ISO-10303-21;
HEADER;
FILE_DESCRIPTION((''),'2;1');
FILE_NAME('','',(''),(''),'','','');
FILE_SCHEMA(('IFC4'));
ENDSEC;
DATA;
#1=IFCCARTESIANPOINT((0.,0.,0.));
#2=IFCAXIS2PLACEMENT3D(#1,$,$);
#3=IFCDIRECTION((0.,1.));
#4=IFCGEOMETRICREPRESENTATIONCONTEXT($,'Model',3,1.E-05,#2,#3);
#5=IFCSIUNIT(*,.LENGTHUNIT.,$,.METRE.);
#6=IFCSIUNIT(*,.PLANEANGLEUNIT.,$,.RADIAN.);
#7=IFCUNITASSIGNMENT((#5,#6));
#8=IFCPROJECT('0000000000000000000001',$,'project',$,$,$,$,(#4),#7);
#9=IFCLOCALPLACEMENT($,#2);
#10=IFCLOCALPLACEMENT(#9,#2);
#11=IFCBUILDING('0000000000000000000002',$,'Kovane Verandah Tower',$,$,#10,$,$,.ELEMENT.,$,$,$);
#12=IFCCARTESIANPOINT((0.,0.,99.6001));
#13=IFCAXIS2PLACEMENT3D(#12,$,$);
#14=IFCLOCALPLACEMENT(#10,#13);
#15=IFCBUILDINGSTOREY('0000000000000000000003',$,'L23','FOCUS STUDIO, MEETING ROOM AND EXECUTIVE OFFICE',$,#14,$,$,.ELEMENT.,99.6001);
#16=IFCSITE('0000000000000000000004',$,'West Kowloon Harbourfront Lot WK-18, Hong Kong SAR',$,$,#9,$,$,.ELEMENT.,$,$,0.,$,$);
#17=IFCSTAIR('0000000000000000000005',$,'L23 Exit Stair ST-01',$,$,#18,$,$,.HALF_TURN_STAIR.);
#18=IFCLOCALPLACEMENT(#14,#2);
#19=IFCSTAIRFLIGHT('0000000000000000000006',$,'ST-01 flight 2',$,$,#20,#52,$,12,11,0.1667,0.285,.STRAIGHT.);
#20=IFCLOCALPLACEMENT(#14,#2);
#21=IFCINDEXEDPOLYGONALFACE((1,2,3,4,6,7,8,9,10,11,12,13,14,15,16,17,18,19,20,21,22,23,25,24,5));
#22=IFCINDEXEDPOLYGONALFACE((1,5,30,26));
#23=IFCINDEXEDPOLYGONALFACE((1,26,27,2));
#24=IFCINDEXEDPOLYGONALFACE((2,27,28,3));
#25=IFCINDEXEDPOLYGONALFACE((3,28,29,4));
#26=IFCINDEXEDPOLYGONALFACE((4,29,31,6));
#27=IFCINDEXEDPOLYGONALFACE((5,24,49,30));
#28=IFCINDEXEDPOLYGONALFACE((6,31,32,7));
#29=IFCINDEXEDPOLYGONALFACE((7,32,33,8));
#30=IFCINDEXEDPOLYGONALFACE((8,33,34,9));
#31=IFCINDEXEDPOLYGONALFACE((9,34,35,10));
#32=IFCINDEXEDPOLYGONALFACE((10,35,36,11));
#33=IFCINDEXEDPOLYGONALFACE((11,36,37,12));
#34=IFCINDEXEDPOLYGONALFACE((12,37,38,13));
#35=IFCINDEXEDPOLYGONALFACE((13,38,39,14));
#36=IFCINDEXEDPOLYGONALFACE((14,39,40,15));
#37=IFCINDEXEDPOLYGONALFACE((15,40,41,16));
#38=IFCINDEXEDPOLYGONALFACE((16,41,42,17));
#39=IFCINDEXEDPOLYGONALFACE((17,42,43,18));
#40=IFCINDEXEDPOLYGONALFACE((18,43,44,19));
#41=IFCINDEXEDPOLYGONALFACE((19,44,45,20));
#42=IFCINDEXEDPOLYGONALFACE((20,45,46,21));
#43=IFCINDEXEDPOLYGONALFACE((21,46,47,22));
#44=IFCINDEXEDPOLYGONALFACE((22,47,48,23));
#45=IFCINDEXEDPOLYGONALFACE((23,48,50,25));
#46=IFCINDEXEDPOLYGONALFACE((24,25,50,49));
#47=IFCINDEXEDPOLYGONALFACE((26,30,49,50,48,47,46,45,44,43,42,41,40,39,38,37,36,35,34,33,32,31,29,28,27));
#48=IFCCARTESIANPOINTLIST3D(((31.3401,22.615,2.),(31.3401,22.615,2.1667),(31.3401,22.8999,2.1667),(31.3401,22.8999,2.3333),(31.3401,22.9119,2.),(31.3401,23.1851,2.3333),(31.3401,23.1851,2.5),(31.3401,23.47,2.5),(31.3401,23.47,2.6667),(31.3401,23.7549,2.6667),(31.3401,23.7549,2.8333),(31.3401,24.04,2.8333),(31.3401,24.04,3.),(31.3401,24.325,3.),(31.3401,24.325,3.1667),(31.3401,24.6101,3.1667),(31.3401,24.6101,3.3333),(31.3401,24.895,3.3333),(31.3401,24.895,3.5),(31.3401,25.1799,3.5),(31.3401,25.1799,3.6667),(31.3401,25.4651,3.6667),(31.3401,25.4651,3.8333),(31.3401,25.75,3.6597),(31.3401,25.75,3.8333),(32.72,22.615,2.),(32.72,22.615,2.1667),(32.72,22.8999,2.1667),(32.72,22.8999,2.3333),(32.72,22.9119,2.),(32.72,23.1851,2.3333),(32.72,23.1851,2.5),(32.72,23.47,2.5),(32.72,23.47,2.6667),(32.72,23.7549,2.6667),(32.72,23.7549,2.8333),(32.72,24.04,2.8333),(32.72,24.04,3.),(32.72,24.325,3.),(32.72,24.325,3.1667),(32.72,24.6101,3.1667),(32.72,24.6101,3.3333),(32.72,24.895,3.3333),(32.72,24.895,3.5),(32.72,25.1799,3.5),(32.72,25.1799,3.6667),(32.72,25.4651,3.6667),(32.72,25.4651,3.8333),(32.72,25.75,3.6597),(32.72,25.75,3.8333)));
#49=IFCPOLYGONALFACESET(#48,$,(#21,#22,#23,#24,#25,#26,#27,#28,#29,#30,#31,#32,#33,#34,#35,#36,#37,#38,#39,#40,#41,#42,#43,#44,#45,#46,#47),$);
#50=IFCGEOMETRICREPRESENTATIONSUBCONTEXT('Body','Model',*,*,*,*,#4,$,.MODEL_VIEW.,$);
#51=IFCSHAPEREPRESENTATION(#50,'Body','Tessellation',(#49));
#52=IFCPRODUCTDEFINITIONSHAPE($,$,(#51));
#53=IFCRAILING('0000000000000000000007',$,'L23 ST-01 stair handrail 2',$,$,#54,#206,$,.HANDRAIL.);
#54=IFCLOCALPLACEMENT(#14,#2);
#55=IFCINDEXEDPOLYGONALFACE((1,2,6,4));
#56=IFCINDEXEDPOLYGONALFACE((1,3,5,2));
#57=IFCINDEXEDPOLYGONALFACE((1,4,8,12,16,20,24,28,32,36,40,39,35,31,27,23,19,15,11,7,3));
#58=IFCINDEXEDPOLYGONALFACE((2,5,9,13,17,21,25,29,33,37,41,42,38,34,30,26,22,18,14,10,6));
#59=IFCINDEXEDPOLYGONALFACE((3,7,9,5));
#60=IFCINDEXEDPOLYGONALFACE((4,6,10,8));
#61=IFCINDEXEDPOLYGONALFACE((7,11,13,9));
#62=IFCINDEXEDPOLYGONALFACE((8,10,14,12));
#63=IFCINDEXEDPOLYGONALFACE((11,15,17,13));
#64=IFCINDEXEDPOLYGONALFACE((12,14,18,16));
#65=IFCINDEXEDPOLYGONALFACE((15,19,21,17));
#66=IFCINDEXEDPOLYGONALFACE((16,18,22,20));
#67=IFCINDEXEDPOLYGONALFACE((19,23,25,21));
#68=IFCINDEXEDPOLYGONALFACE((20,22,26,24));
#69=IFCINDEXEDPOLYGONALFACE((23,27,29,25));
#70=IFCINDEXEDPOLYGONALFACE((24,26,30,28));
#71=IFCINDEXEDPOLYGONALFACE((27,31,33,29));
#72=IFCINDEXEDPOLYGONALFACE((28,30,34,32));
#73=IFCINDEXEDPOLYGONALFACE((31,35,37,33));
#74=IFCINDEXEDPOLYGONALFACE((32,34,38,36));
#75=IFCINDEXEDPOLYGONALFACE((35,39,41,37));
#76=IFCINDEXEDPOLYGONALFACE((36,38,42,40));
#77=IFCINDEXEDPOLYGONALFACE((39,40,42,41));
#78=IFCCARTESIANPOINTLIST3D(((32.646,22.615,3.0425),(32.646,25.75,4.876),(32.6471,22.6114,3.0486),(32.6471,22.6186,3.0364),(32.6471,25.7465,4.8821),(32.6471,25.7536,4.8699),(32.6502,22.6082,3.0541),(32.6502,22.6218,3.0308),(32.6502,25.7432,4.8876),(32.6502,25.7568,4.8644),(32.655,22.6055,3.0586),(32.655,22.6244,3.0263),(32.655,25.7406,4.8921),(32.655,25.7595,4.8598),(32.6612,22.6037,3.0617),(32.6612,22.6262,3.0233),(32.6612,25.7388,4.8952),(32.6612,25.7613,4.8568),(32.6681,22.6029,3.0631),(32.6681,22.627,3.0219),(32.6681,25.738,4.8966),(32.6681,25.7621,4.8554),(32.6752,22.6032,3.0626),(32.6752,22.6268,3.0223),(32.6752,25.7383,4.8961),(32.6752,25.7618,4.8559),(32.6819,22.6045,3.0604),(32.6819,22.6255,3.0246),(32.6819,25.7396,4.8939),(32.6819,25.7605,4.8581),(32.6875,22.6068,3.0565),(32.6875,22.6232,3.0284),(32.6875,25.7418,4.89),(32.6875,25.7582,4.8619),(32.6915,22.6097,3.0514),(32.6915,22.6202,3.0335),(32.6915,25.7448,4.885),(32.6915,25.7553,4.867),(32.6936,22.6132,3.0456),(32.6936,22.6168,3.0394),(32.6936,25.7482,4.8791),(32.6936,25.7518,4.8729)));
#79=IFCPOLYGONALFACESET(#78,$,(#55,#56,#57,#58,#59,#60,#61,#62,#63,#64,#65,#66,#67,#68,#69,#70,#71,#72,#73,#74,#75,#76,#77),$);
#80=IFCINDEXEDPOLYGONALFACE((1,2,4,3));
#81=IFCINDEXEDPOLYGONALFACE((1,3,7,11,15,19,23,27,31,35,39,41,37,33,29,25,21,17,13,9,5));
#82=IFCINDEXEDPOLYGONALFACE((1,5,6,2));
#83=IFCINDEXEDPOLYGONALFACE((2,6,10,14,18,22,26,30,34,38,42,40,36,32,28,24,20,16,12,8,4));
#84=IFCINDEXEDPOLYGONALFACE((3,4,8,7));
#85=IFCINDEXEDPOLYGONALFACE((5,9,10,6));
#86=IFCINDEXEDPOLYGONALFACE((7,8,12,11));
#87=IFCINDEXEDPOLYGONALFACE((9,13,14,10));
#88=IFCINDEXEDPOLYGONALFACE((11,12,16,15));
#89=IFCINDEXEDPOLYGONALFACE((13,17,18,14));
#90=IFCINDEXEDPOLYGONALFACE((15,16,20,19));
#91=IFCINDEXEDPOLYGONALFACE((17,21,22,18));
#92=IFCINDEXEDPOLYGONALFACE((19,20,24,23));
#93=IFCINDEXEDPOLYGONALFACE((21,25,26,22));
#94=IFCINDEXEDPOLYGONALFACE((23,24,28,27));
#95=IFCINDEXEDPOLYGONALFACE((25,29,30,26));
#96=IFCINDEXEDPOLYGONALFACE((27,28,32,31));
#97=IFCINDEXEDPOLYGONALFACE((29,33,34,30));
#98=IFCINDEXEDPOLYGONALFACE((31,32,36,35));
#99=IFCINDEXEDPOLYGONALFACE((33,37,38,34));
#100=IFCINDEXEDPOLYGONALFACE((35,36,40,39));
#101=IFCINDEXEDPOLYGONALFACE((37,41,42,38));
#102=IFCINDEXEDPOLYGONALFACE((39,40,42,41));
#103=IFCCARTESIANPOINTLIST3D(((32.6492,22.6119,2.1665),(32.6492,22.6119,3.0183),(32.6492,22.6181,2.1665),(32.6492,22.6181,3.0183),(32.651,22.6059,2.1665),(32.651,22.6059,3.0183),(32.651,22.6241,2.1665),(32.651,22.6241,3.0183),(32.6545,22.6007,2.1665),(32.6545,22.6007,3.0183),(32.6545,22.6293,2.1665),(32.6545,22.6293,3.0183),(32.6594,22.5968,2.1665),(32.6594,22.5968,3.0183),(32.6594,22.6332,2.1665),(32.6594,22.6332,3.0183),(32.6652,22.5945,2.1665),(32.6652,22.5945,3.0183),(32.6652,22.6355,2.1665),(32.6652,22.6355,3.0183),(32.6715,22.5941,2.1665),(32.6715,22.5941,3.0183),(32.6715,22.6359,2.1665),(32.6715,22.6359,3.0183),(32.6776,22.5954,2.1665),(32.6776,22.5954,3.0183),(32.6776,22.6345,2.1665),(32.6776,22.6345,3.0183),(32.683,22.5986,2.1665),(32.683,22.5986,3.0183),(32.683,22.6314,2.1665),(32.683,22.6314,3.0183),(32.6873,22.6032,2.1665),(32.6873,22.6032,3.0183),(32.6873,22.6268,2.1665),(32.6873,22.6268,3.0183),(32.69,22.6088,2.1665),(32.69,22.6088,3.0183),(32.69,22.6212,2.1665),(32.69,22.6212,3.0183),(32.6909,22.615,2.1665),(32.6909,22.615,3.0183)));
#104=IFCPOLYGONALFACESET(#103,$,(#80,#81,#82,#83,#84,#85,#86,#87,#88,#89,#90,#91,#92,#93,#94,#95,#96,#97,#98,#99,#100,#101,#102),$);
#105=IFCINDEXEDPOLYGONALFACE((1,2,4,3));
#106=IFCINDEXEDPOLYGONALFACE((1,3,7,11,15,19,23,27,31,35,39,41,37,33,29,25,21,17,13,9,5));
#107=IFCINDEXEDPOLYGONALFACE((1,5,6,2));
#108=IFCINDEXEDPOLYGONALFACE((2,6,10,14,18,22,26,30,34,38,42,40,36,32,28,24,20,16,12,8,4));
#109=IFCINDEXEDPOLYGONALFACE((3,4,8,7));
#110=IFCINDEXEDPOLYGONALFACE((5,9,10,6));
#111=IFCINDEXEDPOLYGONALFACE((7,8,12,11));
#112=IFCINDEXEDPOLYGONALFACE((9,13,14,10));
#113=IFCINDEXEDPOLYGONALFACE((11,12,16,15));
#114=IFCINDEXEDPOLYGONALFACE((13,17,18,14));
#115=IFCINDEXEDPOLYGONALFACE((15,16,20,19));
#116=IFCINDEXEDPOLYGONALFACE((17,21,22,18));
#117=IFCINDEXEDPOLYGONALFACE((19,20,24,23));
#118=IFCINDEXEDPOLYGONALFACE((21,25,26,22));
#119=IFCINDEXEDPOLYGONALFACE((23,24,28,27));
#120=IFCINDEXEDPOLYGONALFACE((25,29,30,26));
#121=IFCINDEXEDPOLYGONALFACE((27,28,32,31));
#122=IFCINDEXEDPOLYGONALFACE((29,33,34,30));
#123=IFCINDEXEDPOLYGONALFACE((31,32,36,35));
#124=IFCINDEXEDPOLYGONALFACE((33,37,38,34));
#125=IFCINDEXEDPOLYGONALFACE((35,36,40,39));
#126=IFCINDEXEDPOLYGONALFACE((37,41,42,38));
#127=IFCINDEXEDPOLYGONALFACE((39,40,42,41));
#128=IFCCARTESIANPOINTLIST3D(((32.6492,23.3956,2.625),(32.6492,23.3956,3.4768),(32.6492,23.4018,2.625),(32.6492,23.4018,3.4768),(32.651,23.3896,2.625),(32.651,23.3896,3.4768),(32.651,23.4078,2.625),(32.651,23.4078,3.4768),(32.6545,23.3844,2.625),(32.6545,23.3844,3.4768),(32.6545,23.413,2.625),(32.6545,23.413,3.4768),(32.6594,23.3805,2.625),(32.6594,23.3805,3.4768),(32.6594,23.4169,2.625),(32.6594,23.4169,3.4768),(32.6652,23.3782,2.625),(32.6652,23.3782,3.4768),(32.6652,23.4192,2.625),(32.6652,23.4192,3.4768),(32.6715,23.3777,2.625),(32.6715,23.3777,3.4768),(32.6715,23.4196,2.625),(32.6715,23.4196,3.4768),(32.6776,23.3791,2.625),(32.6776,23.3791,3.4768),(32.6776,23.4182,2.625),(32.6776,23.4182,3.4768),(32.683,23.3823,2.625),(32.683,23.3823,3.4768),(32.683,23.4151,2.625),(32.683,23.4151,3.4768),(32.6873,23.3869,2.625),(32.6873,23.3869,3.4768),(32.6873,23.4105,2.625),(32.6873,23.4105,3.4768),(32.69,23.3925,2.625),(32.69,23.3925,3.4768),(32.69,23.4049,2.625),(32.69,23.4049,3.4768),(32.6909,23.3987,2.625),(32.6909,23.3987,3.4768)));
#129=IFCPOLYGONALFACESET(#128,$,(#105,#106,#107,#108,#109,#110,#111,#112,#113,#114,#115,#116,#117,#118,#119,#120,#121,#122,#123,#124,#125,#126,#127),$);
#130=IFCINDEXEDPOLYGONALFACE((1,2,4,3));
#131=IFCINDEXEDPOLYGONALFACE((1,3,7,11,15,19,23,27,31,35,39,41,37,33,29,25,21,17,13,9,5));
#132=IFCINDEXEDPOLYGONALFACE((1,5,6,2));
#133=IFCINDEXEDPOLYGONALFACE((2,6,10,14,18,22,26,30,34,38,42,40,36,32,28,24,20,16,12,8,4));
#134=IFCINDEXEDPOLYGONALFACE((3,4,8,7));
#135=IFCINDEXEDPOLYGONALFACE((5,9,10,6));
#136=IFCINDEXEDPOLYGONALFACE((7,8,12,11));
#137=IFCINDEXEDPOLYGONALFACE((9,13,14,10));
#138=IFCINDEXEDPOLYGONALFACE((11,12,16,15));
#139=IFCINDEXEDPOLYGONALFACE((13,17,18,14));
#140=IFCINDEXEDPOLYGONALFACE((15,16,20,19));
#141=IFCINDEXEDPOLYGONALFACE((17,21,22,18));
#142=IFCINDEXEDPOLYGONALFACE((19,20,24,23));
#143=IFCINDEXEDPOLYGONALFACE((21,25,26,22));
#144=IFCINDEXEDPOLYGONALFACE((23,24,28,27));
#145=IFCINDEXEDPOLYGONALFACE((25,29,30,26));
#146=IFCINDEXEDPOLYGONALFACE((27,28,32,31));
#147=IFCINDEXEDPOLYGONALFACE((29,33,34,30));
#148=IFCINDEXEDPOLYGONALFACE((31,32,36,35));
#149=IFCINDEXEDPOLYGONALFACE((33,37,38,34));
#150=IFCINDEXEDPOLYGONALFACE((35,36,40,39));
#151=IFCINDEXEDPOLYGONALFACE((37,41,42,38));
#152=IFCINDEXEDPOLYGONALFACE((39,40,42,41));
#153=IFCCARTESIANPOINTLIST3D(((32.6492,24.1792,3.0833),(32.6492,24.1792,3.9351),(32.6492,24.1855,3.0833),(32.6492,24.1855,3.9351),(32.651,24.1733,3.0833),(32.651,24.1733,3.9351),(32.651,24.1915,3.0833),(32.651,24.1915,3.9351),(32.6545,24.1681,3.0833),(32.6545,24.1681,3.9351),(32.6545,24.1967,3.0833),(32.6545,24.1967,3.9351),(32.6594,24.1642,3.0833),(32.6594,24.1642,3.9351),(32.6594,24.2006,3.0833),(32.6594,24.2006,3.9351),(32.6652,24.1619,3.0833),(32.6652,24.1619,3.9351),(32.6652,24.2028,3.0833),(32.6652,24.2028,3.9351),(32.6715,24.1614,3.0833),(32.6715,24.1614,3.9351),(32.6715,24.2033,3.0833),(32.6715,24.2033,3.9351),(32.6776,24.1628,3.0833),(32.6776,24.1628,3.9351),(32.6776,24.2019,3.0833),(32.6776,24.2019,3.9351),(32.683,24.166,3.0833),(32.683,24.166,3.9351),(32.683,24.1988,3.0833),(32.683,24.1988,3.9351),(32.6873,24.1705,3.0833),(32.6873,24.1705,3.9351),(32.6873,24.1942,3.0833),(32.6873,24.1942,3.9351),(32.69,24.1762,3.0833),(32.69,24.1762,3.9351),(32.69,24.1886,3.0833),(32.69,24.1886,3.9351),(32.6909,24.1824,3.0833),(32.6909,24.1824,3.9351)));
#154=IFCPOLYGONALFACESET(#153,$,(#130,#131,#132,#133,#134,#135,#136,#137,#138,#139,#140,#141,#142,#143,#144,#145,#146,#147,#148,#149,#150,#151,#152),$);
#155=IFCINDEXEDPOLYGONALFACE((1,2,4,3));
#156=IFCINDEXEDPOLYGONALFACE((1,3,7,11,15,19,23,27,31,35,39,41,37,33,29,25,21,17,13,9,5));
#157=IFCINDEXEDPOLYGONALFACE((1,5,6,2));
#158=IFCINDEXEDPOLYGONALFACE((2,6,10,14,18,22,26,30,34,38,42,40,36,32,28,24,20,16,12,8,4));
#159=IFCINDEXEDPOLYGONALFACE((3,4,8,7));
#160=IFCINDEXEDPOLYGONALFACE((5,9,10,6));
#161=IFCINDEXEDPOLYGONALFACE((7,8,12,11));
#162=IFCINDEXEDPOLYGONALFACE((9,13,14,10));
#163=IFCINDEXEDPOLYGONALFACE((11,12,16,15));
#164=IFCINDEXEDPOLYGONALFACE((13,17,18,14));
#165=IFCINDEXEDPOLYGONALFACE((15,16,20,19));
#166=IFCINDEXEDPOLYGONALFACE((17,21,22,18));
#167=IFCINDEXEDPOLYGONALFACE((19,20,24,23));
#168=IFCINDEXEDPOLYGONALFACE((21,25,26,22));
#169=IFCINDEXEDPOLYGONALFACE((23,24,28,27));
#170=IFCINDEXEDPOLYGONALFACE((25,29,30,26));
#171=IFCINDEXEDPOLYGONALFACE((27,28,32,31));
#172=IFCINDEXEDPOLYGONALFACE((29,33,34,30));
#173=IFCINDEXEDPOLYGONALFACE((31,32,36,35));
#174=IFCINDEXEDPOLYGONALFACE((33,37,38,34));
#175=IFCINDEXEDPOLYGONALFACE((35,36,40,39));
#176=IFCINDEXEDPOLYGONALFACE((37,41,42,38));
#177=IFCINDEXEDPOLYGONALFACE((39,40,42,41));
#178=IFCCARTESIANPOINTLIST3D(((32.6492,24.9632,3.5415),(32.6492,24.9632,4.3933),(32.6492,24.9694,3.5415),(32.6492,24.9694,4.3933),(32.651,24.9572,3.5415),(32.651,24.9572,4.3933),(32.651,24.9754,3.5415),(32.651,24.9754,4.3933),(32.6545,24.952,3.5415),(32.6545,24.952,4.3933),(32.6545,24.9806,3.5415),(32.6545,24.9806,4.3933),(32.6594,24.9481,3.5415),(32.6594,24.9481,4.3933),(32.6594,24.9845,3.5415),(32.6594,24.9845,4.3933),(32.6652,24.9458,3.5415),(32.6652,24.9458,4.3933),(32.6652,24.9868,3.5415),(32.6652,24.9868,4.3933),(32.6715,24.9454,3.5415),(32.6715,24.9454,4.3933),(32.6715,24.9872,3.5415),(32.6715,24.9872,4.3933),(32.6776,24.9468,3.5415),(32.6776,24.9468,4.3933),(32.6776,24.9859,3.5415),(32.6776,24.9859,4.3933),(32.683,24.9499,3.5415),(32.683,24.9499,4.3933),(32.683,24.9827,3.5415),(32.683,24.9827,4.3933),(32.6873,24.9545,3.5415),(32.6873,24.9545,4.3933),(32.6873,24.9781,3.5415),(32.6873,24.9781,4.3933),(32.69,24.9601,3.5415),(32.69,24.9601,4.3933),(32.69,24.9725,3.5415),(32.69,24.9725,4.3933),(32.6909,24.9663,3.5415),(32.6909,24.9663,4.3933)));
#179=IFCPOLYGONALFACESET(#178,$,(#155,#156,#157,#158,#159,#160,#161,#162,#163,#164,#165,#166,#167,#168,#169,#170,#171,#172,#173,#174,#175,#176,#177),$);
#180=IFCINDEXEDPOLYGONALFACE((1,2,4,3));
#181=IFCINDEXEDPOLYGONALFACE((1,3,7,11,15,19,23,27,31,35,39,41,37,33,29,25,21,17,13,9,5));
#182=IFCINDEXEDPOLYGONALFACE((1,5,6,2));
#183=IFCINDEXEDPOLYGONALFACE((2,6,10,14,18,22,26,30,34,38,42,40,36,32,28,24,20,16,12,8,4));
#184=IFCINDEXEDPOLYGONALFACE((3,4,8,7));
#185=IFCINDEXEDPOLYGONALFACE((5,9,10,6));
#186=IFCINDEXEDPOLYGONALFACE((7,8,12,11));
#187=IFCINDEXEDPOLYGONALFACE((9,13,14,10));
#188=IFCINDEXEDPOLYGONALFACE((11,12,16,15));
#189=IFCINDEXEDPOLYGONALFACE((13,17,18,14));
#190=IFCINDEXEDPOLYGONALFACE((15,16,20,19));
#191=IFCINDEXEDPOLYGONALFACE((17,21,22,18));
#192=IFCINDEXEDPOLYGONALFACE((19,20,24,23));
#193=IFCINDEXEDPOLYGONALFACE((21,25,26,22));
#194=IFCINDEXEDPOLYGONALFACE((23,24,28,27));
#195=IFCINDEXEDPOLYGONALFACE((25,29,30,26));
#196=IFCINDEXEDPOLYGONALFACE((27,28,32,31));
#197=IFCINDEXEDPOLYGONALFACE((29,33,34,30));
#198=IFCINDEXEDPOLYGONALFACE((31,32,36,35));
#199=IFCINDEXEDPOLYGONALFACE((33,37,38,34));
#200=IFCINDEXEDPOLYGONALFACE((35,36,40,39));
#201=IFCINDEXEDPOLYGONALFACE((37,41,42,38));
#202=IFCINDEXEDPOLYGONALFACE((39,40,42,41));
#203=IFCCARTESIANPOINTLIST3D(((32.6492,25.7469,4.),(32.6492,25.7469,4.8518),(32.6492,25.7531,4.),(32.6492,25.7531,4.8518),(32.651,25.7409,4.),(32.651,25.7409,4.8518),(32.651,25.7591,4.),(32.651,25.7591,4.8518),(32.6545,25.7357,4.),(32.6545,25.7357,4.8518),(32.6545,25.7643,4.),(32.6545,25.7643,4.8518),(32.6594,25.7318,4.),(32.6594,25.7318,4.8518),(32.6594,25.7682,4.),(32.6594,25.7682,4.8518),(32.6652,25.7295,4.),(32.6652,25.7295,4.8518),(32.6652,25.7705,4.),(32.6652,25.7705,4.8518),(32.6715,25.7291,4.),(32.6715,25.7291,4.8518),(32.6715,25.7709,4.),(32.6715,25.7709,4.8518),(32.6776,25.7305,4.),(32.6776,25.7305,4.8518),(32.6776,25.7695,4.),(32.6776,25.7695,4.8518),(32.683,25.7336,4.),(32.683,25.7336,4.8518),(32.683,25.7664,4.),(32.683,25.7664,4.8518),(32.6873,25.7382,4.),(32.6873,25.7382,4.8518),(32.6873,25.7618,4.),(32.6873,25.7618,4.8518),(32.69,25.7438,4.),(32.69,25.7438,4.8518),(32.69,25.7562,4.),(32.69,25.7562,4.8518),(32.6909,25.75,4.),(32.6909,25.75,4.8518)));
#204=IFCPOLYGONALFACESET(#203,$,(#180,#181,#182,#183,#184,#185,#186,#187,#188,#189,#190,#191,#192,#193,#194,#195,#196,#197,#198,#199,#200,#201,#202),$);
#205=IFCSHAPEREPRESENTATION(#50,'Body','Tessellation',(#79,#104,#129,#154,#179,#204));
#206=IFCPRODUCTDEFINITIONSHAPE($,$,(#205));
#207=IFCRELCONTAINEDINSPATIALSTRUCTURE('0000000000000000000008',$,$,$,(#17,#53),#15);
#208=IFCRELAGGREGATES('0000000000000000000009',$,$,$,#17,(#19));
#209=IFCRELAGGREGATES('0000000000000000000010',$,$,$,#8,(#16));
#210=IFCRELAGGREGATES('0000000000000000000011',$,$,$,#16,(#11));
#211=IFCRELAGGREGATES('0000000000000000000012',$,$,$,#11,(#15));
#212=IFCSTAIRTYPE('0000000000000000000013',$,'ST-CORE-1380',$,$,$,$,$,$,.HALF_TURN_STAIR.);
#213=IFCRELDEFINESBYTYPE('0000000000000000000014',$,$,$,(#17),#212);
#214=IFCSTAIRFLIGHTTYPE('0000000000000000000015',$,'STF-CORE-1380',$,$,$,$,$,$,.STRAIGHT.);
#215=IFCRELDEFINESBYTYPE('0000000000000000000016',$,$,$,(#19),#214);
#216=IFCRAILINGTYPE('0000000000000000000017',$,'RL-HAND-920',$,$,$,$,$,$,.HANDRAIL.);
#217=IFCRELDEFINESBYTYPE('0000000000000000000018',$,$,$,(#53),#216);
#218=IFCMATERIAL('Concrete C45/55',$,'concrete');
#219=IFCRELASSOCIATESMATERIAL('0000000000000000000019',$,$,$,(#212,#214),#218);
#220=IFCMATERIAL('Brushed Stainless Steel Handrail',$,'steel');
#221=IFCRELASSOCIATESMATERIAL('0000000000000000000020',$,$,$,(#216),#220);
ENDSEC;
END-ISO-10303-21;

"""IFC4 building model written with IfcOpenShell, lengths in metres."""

from ifc_helpers import new_model, si_unit, direction, frame, origin, origin_2d, place, context, subcontext, project, spatial, polyline, circle, outline, extrude, material, type_object, element, aggregate, save


model = new_model("IFC4")

# Units and contexts
model_context = context("Model", 3, precision=1e-05, world=origin(), true_north=direction((0.0, 1.0)))
body_context = subcontext(model_context, "Body", "Model", "MODEL_VIEW")
ifc_project = project(units=[si_unit("LENGTHUNIT", "METRE"), si_unit("PLANEANGLEUNIT", "RADIAN")], contexts=[model_context])

# Site, building, storey
site_placement = place(None, origin())
site = spatial("IfcSite", under=ifc_project, at=site_placement, Name="West Kowloon Harbourfront Lot WK-18, Hong Kong SAR", CompositionType="ELEMENT", RefElevation=0.0)
building_placement = place(site_placement, origin())
building = spatial("IfcBuilding", under=site, at=building_placement, Name="Kovane Verandah Tower", CompositionType="ELEMENT")
storey_placement = place(building_placement, frame((0.0, 0.0, 99.6001)))
storey = spatial("IfcBuildingStorey", under=building, at=storey_placement, Name="L23", Description="FOCUS STUDIO, MEETING ROOM AND EXECUTIVE OFFICE", CompositionType="ELEMENT", Elevation=99.6001)

# Shared definitions
ifc_material_1 = material(Name="Concrete C45/55", Category="concrete")

# Stair, stair flight
stair_type = type_object("IfcStairType", Name="ST-CORE-1380", PredefinedType="HALF_TURN_STAIR", material=ifc_material_1)
stair_placement = place(storey_placement, origin())
stair = element("IfcStair", 1, at=stair_placement, inside=storey, type_object=stair_type, Name="L23 Exit Stair ST-01", PredefinedType="HALF_TURN_STAIR")
stair_flight_type = type_object("IfcStairFlightType", Name="STF-CORE-1380", PredefinedType="STRAIGHT", material=ifc_material_1)
stair_flight_placement = place(storey_placement, frame((32.03, 22.615, 2.0), z_axis=(0.0, 0.0, 1.0), x_axis=(0.0, 1.0, 0.0)))
stair_flight = element("IfcStairFlight", 2, at=stair_flight_placement, type_object=stair_flight_type, Name="ST-01 flight 2", NumberOfRisers=12, NumberOfTreads=11, PredefinedType="STRAIGHT", RiserHeight=0.1667, TreadLength=0.285, context=body_context, shape_type="SweptSolid", body=[
    extrude(outline(polyline([(0.0, 0.0), (0.0, 0.1667), (0.2849, 0.1667), (0.2849, 0.3333), (0.5701, 0.3333), (0.5701, 0.5), (0.855, 0.5), (0.855, 0.6667), (1.1399, 0.6667), (1.1399, 0.8333), (1.425, 0.8333), (1.425, 1.0), (1.71, 1.0), (1.71, 1.1667), (1.9951, 1.1667), (1.9951, 1.3333), (2.28, 1.3333), (2.28, 1.5), (2.5649, 1.5), (2.5649, 1.6667), (2.8501, 1.6667), (2.8501, 1.8333), (3.135, 1.8333), (3.135, 2.0), (3.135, 1.6597), (0.2969, 0.0), (0.0, 0.0)])), frame((0.0, 0.6899, 0.0), z_axis=(0.0, -1.0, 0.0), x_axis=(1.0, 0.0, 0.0)), (0.0, 0.0, 1.0), 1.3799),
])
aggregate(stair, [stair_flight])

# Railing
ifc_material_2 = material(Name="Brushed Stainless Steel Handrail", Category="steel")
railing_type_1 = type_object("IfcRailingType", Name="RL-HAND-920", PredefinedType="HANDRAIL", material=ifc_material_2)
railing_1_placement = place(storey_placement, frame((32.6699, 22.615, 2.1665)))
element("IfcRailing", 3, at=railing_1_placement, inside=storey, type_object=railing_type_1, Name="L23 ST-01 stair handrail 2", PredefinedType="HANDRAIL", context=body_context, shape_type="SweptSolid", body=[
    extrude(circle(Radius=0.0239, at=origin_2d()), frame((0.0, 0.0, 0.876), z_axis=(0.0, 0.86321, 0.504845), x_axis=(-1.0, 0.0, 0.0)), (0.0, 0.0, 1.0), 3.6318),
    extrude(circle(Radius=0.021, at=origin_2d()), origin(), (0.0, 0.0, 1.0), 0.8518),
    extrude(circle(Radius=0.021, at=origin_2d()), frame((0.0, 0.7837, 0.4585)), (0.0, 0.0, 1.0), 0.8518),
    extrude(circle(Radius=0.021, at=origin_2d()), frame((0.0, 1.5674, 0.9167)), (0.0, 0.0, 1.0), 0.8518),
    extrude(circle(Radius=0.021, at=origin_2d()), frame((0.0, 2.3513, 1.375)), (0.0, 0.0, 1.0), 0.8518),
    extrude(circle(Radius=0.021, at=origin_2d()), frame((0.0, 3.135, 1.8335)), (0.0, 0.0, 1.0), 0.8518),
])

save(model, "model.ifc")
